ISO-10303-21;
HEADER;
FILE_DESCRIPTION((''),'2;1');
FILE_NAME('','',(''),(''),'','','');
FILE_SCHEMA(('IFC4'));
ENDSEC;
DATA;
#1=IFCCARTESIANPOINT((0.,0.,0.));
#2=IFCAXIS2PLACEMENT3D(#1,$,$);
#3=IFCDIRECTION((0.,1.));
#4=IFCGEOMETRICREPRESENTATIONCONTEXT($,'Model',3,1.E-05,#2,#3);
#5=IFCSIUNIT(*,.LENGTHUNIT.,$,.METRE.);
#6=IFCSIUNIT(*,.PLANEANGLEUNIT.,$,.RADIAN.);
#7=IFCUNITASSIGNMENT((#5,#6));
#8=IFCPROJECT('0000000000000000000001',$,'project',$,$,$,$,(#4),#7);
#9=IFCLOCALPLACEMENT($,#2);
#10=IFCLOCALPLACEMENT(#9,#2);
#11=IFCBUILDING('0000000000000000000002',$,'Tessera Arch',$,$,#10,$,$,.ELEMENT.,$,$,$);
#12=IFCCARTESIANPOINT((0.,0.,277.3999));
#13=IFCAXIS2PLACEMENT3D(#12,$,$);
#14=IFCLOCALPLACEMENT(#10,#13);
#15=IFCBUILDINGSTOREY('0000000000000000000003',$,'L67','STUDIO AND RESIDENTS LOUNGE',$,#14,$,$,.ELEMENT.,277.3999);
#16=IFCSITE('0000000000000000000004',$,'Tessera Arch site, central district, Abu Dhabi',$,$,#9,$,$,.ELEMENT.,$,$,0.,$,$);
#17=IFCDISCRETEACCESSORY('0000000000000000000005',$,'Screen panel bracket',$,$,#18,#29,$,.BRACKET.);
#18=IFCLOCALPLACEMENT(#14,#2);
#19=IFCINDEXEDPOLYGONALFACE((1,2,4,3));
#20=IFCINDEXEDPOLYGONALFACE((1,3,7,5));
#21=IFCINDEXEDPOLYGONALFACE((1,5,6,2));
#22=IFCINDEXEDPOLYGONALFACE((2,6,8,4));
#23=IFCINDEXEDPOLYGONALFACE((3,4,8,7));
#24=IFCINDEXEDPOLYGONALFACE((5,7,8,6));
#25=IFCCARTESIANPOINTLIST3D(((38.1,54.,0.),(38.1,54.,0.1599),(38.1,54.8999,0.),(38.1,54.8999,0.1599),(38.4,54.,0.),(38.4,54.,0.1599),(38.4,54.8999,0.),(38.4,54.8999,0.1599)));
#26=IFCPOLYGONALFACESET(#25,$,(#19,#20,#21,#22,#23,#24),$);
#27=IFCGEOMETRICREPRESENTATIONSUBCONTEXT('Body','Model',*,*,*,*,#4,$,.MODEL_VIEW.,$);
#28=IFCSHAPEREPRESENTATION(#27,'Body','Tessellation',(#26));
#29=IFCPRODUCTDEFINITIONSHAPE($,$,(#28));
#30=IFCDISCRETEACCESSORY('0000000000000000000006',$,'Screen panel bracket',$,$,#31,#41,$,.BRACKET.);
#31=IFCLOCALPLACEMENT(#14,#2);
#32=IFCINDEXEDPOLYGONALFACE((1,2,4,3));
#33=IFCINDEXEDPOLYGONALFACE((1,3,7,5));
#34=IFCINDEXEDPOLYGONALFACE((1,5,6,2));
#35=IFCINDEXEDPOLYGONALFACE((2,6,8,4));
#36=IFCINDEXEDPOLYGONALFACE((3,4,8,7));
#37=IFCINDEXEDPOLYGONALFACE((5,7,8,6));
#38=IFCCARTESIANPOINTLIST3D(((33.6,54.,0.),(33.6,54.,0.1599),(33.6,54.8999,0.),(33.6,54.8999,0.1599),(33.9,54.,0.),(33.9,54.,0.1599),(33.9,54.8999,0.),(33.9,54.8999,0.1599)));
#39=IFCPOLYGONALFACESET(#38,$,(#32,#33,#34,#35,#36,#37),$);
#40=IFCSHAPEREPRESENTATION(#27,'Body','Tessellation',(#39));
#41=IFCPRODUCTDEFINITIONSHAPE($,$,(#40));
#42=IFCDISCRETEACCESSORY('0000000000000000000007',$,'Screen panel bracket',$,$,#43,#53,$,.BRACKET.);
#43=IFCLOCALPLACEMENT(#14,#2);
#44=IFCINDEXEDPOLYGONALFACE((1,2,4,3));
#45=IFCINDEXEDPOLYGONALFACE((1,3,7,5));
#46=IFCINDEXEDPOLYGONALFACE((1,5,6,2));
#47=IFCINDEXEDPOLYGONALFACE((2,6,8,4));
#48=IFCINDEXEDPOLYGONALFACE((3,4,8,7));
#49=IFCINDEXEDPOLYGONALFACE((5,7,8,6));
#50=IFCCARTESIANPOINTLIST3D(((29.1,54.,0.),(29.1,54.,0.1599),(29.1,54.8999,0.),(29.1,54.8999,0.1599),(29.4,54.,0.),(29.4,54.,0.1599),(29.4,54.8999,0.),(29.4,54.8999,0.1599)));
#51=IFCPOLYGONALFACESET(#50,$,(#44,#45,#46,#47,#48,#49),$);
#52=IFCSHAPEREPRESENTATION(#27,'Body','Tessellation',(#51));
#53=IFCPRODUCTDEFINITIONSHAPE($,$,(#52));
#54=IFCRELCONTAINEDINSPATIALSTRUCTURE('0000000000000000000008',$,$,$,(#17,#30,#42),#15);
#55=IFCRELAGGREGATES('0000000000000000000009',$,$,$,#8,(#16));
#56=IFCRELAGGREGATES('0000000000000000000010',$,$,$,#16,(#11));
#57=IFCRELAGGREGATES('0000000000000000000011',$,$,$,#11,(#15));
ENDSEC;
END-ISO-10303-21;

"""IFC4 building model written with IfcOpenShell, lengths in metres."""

from ifc_helpers import new_model, si_unit, direction, frame, origin, origin_2d, place, context, subcontext, project, spatial, rectangle, extrude, element, save


model = new_model("IFC4")

# Units and contexts
model_context = context("Model", 3, precision=1e-05, world=origin(), true_north=direction((0.0, 1.0)))
body_context = subcontext(model_context, "Body", "Model", "MODEL_VIEW")
ifc_project = project(units=[si_unit("LENGTHUNIT", "METRE"), si_unit("PLANEANGLEUNIT", "RADIAN")], contexts=[model_context])

# Site, building, storey
site_placement = place(None, origin())
site = spatial("IfcSite", under=ifc_project, at=site_placement, Name="Tessera Arch site, central district, Abu Dhabi", CompositionType="ELEMENT", RefElevation=0.0)
building_placement = place(site_placement, origin())
building = spatial("IfcBuilding", under=site, at=building_placement, Name="Tessera Arch", CompositionType="ELEMENT")
storey_placement = place(building_placement, frame((0.0, 0.0, 277.3999)))
storey = spatial("IfcBuildingStorey", under=building, at=storey_placement, Name="L67", Description="STUDIO AND RESIDENTS LOUNGE", CompositionType="ELEMENT", Elevation=277.3999)

# Discrete accessories
for number, where, z_axis, x_axis, name in (
    (1, (38.25, 54.45, 0.0), (0.0, 0.0, 1.0), (0.0, 1.0, 0.0), "Screen panel bracket"),
    (2, (33.75, 54.45, 0.0), (0.0, 0.0, 1.0), (0.0, 1.0, 0.0), "Screen panel bracket"),
    (3, (29.25, 54.45, 0.0), (0.0, 0.0, 1.0), (0.0, 1.0, 0.0), "Screen panel bracket"),
):
    element("IfcDiscreteAccessory", number, at=place(storey_placement, frame(where, z_axis=z_axis, x_axis=x_axis)), inside=storey, Name=name, PredefinedType="BRACKET", context=body_context, shape_type="SweptSolid", body=[
        extrude(rectangle(XDim=0.8999, YDim=0.3, at=origin_2d()), origin(), (0.0, 0.0, 1.0), 0.1599),
    ])

save(model, "model.ifc")
